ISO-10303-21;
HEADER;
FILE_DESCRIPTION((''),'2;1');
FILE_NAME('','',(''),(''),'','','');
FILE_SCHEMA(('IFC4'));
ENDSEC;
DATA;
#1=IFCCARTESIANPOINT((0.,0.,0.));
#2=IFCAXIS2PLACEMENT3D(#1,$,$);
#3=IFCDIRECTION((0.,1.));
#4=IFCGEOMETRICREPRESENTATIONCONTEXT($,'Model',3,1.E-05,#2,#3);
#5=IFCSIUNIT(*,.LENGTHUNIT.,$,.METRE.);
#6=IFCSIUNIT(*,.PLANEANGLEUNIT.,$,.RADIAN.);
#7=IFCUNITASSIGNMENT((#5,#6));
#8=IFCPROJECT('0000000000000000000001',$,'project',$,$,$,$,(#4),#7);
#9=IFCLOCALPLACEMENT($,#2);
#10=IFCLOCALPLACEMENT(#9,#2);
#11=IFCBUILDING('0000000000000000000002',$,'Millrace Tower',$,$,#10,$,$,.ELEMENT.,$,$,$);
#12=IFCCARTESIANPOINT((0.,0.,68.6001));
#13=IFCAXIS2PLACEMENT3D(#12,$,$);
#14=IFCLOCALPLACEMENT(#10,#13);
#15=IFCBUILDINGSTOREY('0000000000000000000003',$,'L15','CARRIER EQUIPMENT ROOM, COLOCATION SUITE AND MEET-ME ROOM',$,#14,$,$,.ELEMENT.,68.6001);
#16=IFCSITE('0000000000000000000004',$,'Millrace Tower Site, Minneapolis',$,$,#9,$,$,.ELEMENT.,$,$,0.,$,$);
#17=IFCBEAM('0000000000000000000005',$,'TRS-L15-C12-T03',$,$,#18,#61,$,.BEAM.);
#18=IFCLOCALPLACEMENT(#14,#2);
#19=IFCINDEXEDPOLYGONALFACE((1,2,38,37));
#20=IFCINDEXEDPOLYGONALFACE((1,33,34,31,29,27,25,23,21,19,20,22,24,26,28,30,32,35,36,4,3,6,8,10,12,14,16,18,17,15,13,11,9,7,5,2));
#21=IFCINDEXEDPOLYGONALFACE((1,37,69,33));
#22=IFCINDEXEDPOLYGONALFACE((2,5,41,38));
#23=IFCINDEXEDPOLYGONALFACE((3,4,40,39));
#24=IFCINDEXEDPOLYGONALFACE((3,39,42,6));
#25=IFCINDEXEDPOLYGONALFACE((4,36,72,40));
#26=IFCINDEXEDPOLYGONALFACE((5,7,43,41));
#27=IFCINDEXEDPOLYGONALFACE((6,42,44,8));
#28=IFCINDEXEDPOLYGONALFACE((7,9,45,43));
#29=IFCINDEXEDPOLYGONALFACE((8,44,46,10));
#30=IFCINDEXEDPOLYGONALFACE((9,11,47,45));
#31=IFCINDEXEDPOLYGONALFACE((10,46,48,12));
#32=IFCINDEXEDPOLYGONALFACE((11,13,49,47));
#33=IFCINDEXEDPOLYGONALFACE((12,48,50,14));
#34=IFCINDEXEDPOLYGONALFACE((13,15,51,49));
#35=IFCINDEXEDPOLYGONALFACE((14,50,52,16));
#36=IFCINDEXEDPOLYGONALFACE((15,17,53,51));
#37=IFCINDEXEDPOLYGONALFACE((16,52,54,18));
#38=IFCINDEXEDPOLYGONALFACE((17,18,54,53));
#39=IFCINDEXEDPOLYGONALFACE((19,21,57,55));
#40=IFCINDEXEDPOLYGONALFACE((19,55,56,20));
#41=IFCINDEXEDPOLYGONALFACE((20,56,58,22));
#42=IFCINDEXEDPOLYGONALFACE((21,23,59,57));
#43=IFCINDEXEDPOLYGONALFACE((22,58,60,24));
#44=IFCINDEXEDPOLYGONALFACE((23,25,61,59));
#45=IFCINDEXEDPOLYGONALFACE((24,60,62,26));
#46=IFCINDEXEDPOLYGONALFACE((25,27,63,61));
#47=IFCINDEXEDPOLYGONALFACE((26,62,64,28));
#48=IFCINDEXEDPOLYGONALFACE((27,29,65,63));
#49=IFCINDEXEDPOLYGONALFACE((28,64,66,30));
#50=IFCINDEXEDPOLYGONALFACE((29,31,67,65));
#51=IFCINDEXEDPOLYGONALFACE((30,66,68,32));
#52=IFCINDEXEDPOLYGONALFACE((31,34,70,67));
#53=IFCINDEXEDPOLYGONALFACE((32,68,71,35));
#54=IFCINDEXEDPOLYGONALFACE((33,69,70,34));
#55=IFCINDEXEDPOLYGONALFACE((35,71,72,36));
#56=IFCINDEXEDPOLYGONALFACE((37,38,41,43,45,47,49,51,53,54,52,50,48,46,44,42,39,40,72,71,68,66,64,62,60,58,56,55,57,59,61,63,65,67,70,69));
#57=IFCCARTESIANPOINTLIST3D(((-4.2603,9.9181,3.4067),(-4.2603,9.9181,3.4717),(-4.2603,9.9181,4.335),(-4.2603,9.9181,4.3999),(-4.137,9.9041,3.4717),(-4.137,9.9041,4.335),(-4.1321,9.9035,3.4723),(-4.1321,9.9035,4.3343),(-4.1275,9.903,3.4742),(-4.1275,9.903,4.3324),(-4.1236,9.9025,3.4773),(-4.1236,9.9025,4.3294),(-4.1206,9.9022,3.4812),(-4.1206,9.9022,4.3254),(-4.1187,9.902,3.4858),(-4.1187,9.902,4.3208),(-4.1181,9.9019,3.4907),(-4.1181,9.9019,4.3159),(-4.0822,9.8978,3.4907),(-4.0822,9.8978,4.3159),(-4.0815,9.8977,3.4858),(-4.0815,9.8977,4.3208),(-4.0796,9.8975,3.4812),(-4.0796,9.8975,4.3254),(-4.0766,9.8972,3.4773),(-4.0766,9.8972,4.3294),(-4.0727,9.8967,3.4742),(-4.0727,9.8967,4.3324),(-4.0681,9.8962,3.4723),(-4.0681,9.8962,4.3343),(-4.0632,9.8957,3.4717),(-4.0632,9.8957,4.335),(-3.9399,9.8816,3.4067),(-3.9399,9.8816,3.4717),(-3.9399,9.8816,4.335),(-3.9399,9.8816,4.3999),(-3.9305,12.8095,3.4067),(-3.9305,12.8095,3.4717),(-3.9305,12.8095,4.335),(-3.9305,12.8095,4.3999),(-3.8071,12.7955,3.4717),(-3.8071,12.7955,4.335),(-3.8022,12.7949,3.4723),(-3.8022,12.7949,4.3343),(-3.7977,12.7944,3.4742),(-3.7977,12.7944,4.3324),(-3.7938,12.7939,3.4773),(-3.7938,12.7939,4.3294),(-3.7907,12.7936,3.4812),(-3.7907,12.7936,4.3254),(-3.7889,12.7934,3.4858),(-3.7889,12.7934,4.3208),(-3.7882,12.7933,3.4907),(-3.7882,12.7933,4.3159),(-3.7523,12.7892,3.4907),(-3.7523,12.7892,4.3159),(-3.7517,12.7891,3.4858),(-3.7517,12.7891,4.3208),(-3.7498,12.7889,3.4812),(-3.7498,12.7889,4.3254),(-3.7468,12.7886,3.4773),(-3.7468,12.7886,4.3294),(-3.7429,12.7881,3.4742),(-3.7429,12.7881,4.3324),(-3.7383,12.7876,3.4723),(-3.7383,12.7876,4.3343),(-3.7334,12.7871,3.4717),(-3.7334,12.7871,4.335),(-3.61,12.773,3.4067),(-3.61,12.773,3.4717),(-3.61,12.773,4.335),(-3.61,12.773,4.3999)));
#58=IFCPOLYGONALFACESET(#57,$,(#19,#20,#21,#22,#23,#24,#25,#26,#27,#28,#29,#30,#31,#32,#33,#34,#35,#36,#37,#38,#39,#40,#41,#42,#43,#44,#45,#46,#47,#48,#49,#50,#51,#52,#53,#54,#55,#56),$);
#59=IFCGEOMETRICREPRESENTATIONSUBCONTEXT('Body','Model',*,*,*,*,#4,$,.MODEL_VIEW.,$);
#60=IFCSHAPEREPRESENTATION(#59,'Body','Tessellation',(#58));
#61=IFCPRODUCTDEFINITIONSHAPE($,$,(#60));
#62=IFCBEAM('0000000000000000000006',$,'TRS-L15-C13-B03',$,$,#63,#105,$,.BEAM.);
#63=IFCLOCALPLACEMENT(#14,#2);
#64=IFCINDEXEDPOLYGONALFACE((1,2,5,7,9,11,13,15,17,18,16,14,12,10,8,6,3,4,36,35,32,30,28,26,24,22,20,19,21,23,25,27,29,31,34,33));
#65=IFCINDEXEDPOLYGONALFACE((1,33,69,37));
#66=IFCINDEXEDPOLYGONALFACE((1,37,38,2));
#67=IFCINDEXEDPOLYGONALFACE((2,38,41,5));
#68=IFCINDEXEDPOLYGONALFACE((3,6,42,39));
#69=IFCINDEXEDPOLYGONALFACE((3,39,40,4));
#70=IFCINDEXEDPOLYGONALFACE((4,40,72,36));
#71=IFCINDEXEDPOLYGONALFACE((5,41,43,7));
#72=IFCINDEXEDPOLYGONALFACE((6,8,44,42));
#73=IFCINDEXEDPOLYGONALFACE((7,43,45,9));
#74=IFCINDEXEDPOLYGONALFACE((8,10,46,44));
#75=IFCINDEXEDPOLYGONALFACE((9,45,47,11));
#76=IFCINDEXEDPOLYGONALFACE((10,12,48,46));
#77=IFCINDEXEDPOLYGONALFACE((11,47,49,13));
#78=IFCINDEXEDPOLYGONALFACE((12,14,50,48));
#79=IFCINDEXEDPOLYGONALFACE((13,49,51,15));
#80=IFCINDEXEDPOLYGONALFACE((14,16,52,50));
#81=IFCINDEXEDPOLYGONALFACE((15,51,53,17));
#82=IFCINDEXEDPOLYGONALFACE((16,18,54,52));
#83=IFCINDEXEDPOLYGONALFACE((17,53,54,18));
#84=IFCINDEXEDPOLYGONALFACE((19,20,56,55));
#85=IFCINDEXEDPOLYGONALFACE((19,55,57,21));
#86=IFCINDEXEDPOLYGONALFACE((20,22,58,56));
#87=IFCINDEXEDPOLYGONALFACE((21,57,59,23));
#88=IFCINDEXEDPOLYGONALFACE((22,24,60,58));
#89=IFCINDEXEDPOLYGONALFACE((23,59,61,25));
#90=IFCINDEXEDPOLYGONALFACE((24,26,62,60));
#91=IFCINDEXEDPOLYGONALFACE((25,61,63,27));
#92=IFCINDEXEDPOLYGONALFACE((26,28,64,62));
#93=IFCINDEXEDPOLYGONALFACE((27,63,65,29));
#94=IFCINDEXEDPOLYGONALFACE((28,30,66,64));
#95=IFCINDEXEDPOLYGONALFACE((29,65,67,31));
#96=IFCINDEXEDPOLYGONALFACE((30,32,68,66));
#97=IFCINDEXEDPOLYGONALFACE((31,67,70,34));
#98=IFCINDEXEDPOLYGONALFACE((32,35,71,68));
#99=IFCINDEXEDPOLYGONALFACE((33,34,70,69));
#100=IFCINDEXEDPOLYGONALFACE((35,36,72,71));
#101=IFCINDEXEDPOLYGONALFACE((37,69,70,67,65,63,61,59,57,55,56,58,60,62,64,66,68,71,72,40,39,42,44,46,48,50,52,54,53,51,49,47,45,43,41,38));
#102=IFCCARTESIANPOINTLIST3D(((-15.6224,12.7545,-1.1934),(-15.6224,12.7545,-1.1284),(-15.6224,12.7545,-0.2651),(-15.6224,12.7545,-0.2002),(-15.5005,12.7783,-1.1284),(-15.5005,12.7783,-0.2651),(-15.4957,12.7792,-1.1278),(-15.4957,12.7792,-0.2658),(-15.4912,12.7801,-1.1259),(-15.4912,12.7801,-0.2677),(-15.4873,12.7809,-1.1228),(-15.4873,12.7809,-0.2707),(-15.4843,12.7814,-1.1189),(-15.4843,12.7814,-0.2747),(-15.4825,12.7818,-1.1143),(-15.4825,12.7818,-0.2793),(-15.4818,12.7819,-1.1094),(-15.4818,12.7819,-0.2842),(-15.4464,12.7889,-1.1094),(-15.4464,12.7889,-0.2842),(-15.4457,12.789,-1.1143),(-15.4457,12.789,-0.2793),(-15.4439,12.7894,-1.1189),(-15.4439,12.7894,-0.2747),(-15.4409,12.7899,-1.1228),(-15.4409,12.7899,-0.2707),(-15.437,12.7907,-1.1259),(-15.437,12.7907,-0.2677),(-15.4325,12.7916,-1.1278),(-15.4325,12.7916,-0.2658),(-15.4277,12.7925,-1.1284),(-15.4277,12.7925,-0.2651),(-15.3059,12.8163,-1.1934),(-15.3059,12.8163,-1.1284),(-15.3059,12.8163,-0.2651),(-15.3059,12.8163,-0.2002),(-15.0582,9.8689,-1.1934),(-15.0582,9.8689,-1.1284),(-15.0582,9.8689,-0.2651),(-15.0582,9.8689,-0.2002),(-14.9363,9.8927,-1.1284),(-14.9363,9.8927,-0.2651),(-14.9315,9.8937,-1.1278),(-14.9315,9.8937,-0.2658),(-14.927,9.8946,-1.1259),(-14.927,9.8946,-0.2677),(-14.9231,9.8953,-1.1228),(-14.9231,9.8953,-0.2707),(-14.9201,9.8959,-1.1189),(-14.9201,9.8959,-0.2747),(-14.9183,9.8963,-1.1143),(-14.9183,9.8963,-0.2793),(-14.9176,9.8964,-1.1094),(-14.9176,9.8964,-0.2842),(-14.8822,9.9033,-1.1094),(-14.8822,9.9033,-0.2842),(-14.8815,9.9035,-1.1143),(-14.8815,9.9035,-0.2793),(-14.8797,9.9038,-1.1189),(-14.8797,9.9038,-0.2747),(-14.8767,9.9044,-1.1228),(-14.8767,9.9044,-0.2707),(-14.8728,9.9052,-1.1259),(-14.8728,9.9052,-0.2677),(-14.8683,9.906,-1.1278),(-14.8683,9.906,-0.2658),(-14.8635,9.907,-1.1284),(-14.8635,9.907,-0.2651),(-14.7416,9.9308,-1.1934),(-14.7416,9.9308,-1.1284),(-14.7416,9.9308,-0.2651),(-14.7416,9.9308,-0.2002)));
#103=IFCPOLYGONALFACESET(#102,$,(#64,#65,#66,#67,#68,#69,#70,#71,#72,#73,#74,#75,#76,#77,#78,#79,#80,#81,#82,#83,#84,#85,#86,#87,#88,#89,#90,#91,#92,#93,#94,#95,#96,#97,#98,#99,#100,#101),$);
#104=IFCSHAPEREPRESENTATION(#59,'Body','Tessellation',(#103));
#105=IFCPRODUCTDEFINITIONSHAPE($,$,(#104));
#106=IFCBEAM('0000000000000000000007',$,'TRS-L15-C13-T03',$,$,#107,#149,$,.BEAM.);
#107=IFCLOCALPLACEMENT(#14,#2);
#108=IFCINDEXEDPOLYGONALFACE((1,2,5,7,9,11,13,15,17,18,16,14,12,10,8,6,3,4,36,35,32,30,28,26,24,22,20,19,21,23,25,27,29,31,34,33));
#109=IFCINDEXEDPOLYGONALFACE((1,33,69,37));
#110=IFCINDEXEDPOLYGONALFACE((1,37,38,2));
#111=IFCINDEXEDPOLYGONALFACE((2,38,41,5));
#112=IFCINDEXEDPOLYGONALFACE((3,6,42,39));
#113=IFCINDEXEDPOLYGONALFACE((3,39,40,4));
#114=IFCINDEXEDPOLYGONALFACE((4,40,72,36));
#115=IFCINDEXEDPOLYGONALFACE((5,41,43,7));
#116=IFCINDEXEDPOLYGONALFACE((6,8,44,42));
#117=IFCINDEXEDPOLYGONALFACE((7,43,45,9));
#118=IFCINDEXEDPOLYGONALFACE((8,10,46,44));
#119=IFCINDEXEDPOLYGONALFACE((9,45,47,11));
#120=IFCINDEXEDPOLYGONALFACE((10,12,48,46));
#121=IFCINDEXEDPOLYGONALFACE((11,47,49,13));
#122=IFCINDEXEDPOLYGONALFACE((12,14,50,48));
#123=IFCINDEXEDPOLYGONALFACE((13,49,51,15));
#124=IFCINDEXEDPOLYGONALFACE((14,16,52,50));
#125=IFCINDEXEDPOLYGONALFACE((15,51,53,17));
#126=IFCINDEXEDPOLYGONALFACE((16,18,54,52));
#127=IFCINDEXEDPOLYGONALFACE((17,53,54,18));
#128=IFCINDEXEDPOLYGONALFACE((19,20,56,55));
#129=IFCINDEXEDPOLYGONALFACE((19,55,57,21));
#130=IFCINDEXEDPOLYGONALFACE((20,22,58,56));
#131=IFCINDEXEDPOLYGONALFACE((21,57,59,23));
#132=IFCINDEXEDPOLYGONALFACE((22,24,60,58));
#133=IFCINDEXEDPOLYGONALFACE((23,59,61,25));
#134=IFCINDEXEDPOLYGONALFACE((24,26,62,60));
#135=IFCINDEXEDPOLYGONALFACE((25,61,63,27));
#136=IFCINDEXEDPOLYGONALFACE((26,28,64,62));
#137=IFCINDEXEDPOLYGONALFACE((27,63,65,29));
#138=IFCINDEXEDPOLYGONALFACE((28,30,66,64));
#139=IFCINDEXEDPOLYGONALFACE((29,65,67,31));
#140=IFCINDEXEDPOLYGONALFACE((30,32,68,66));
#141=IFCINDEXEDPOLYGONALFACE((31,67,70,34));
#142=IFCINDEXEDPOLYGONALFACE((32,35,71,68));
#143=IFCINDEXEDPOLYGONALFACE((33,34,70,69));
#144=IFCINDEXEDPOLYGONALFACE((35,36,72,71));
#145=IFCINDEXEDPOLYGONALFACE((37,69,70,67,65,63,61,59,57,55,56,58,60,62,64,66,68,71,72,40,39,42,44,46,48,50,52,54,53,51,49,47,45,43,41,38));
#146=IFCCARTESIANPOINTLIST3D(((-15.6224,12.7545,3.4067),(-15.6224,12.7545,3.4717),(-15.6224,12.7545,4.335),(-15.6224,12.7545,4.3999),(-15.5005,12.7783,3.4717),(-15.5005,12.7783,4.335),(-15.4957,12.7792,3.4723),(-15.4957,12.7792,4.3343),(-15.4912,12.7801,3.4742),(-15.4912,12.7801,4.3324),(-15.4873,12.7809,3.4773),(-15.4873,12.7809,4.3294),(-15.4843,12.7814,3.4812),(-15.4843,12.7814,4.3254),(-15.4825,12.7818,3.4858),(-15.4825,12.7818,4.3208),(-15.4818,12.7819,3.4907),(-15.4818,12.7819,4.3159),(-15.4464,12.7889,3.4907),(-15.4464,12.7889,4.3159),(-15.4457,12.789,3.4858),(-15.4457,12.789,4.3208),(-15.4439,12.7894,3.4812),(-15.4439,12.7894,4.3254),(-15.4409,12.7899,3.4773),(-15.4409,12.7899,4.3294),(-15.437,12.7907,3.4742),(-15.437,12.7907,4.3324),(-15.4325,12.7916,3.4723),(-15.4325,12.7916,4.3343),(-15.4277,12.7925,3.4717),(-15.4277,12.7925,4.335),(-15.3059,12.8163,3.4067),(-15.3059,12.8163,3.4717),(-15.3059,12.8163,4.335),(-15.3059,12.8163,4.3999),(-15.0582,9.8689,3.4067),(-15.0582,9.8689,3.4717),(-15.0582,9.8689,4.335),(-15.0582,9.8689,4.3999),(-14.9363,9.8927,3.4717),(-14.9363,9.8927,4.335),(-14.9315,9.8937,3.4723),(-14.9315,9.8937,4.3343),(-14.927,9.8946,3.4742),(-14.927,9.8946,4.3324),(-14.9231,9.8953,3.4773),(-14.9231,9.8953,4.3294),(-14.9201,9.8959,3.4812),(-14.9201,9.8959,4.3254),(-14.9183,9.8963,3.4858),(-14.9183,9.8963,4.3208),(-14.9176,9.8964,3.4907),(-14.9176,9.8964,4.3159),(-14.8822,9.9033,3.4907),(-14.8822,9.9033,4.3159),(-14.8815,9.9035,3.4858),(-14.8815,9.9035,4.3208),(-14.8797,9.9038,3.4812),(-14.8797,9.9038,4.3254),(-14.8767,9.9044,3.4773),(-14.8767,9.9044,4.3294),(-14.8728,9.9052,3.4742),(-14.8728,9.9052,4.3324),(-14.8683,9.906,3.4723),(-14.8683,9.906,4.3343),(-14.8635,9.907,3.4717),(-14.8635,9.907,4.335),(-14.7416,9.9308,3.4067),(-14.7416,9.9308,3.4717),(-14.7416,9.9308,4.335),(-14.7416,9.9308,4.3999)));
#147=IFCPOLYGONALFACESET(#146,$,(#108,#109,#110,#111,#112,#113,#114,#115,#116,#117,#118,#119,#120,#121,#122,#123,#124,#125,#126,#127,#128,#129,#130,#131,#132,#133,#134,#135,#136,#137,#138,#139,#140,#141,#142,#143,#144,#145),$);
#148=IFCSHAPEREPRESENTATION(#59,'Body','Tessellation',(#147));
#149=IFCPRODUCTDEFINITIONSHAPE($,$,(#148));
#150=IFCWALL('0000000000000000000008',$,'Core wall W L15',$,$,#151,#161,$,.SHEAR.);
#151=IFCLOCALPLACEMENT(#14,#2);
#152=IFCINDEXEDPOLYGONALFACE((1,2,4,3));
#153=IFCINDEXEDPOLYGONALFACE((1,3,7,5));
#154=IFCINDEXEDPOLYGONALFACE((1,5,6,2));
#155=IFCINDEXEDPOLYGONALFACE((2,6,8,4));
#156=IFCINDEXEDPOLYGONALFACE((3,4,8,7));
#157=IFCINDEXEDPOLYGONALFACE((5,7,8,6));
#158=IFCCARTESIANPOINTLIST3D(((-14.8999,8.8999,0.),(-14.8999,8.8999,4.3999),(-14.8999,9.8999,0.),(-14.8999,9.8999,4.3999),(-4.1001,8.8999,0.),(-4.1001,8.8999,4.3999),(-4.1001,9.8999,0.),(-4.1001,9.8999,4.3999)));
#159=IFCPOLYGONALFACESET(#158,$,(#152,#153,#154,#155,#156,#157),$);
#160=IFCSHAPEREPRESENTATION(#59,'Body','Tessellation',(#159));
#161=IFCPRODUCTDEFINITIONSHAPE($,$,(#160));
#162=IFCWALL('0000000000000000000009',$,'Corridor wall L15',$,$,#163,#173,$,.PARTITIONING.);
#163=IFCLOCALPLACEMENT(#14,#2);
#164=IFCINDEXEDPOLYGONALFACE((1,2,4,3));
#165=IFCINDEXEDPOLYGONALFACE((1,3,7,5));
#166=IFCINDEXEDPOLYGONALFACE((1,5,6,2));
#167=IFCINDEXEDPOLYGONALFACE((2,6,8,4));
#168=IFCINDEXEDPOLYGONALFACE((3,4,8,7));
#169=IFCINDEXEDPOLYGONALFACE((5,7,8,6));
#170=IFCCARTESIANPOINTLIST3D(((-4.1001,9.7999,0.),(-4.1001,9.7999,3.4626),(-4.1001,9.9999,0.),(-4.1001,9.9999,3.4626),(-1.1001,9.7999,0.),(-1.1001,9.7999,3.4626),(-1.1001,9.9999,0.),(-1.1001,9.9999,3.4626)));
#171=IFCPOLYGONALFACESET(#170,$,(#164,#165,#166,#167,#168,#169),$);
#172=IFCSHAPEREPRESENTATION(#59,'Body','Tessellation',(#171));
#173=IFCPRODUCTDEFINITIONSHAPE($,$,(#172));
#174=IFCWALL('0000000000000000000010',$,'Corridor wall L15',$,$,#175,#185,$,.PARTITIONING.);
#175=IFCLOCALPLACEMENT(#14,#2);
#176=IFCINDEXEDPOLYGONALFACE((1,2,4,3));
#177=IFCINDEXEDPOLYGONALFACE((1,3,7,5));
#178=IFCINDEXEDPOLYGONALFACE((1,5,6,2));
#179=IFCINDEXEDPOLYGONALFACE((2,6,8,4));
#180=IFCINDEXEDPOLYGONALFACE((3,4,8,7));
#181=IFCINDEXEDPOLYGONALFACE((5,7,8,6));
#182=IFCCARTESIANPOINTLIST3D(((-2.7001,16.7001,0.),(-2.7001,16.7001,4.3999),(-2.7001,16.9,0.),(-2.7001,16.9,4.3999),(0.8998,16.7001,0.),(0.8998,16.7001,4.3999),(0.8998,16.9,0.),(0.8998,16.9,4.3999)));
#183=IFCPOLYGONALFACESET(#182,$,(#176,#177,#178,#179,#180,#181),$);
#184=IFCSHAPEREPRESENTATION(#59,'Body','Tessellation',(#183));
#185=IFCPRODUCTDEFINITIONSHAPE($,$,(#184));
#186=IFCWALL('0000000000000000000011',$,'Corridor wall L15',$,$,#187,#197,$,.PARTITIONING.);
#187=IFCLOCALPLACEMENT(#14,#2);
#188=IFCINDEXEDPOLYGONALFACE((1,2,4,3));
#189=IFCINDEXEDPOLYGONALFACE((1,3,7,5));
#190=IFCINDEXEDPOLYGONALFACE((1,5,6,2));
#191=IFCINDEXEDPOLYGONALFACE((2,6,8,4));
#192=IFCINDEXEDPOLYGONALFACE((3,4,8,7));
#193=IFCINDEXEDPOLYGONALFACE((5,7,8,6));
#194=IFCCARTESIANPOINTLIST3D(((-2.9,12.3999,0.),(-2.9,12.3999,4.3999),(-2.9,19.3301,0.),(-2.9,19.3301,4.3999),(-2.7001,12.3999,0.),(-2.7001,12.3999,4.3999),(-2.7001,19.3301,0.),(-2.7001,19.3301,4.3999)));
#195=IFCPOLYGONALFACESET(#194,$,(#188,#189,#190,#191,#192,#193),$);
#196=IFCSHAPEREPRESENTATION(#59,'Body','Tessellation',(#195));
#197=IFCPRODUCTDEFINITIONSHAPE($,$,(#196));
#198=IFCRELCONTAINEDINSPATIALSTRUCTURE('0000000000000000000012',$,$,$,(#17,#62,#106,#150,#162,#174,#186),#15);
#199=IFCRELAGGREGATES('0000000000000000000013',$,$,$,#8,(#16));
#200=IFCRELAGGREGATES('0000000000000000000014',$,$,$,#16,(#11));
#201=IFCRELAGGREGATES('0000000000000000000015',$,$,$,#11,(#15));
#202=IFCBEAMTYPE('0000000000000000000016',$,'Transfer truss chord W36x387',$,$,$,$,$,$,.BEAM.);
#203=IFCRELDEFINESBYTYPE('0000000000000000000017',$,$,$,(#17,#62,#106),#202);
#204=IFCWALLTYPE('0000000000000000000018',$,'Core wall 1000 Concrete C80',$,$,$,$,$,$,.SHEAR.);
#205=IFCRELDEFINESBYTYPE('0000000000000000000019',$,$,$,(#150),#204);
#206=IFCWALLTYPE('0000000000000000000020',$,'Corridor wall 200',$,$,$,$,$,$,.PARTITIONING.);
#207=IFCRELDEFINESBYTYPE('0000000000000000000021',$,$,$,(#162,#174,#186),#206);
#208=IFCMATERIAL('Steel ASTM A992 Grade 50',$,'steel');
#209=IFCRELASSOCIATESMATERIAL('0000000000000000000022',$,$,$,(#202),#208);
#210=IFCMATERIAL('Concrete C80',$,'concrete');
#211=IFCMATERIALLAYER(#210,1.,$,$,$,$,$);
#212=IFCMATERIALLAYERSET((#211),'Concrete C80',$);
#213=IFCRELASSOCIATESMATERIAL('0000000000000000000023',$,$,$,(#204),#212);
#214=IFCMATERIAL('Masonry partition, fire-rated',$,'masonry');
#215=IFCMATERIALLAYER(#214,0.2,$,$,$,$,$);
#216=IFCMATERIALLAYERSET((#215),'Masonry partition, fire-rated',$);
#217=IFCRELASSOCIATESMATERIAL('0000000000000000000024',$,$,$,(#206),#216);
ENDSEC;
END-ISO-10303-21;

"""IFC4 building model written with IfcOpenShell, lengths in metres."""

from ifc_helpers import new_model, si_unit, direction, frame, frame_2d, origin, origin_2d, place, context, subcontext, project, spatial, rectangle, i_section, extrude, material, layer, layer_set, material_profile, profile_set, type_object, element, save


model = new_model("IFC4")

# Units and contexts
model_context = context("Model", 3, precision=1e-05, world=origin(), true_north=direction((0.0, 1.0)))
body_context = subcontext(model_context, "Body", "Model", "MODEL_VIEW")
ifc_project = project(units=[si_unit("LENGTHUNIT", "METRE"), si_unit("PLANEANGLEUNIT", "RADIAN")], contexts=[model_context])

# Site, building, storey
site_placement = place(None, origin())
site = spatial("IfcSite", under=ifc_project, at=site_placement, Name="Millrace Tower Site, Minneapolis", CompositionType="ELEMENT", RefElevation=0.0)
building_placement = place(site_placement, origin())
building = spatial("IfcBuilding", under=site, at=building_placement, Name="Millrace Tower", CompositionType="ELEMENT")
storey_placement = place(building_placement, frame((0.0, 0.0, 68.6001)))
storey = spatial("IfcBuildingStorey", under=building, at=storey_placement, Name="L15", Description="CARRIER EQUIPMENT ROOM, COLOCATION SUITE AND MEET-ME ROOM", CompositionType="ELEMENT", Elevation=68.6001)

# Beams
ifc_material_1 = material(Name="Steel ASTM A992 Grade 50", Category="steel")
ifc_material_profile_1 = material_profile(ifc_material_1, i_section(OverallWidth=0.3225, OverallDepth=0.9932, WebThickness=0.0361, FlangeThickness=0.0649, FilletRadius=0.019, at=origin_2d()))
ifc_profile_set_1 = profile_set([ifc_material_profile_1], Name="Steel ASTM A992 Grade 50")
beam_type_1 = type_object("IfcBeamType", Name="Transfer truss chord W36x387", PredefinedType="BEAM", material=ifc_profile_set_1)
for number, where, z_axis, x_axis, name in (
    (1, (-3.7703, 12.7913, 3.9033), (-0.113341, -0.993556, 0.0), (0.993556, -0.113341, 0.0), "TRS-L15-C12-T03"),
):
    element("IfcBeam", number, at=place(storey_placement, frame(where, z_axis=z_axis, x_axis=x_axis)), inside=storey, type_object=beam_type_1, Name=name, PredefinedType="BEAM", context=body_context, shape_type="SweptSolid", body=[
        extrude(i_section(OverallWidth=0.3225, OverallDepth=0.9932, WebThickness=0.0361, FlangeThickness=0.0649, FilletRadius=0.019, at=origin_2d()), origin(), (0.0, 0.0, 1.0), 2.9102),
    ])
for number, where, z_axis, x_axis, name in (
    (2, (-15.4641, 12.7854, -0.6968), (0.191899, -0.981415, 0.0), (0.981415, 0.191899, 0.0), "TRS-L15-C13-B03"),
    (3, (-15.4641, 12.7854, 3.9033), (0.191899, -0.981415, 0.0), (0.981415, 0.191899, 0.0), "TRS-L15-C13-T03"),
):
    element("IfcBeam", number, at=place(storey_placement, frame(where, z_axis=z_axis, x_axis=x_axis)), inside=storey, type_object=beam_type_1, Name=name, PredefinedType="BEAM", context=body_context, shape_type="SweptSolid", body=[
        extrude(i_section(OverallWidth=0.3225, OverallDepth=0.9932, WebThickness=0.0361, FlangeThickness=0.0649, FilletRadius=0.019, at=origin_2d()), origin(), (0.0, 0.0, 1.0), 2.9402),
    ])

# Walls
ifc_material_2 = material(Name="Concrete C80", Category="concrete")
ifc_layer_1 = layer(ifc_material_2, 1.0)
ifc_layer_set_1 = layer_set([ifc_layer_1], Name="Concrete C80")
wall_type_1 = type_object("IfcWallType", Name="Core wall 1000 Concrete C80", PredefinedType="SHEAR", material=ifc_layer_set_1)
wall_1_placement = place(storey_placement, frame((-14.8999, 9.3999, 0.0), z_axis=(0.0, 0.0, 1.0), x_axis=(1.0, 0.0, 0.0)))
element("IfcWall", 4, at=wall_1_placement, inside=storey, type_object=wall_type_1, Name="Core wall W L15", PredefinedType="SHEAR", context=body_context, shape_type="SweptSolid", body=[
    extrude(rectangle(XDim=10.7998, YDim=1.0, at=frame_2d((5.3999, 0.0))), origin(), (0.0, 0.0, 1.0), 4.3999),
])
ifc_material_3 = material(Name="Masonry partition, fire-rated", Category="masonry")
ifc_layer_2 = layer(ifc_material_3, 0.2)
ifc_layer_set_2 = layer_set([ifc_layer_2], Name="Masonry partition, fire-rated")
wall_type_2 = type_object("IfcWallType", Name="Corridor wall 200", PredefinedType="PARTITIONING", material=ifc_layer_set_2)
wall_2_placement = place(storey_placement, frame((-4.1001, 9.8999, 0.0), z_axis=(0.0, 0.0, 1.0), x_axis=(1.0, 0.0, 0.0)))
element("IfcWall", 5, at=wall_2_placement, inside=storey, type_object=wall_type_2, Name="Corridor wall L15", PredefinedType="PARTITIONING", context=body_context, shape_type="SweptSolid", body=[
    extrude(rectangle(XDim=3.0, YDim=0.2, at=frame_2d((1.5, 0.0))), origin(), (0.0, 0.0, 1.0), 3.4626),
])
wall_3_placement = place(storey_placement, frame((-2.7, 16.8, 0.0), z_axis=(0.0, 0.0, 1.0), x_axis=(1.0, 0.0, 0.0)))
element("IfcWall", 6, at=wall_3_placement, inside=storey, type_object=wall_type_2, Name="Corridor wall L15", PredefinedType="PARTITIONING", context=body_context, shape_type="SweptSolid", body=[
    extrude(rectangle(XDim=3.5999, YDim=0.2, at=frame_2d((1.7998, 0.0))), origin(), (0.0, 0.0, 1.0), 4.3999),
])
wall_4_placement = place(storey_placement, frame((-2.8, 12.3999, 0.0), z_axis=(0.0, 0.0, 1.0), x_axis=(0.0, 1.0, 0.0)))
element("IfcWall", 7, at=wall_4_placement, inside=storey, type_object=wall_type_2, Name="Corridor wall L15", PredefinedType="PARTITIONING", context=body_context, shape_type="SweptSolid", body=[
    extrude(rectangle(XDim=6.9302, YDim=0.2, at=frame_2d((3.4651, 0.0))), origin(), (0.0, 0.0, 1.0), 4.3999),
])

save(model, "model.ifc")
